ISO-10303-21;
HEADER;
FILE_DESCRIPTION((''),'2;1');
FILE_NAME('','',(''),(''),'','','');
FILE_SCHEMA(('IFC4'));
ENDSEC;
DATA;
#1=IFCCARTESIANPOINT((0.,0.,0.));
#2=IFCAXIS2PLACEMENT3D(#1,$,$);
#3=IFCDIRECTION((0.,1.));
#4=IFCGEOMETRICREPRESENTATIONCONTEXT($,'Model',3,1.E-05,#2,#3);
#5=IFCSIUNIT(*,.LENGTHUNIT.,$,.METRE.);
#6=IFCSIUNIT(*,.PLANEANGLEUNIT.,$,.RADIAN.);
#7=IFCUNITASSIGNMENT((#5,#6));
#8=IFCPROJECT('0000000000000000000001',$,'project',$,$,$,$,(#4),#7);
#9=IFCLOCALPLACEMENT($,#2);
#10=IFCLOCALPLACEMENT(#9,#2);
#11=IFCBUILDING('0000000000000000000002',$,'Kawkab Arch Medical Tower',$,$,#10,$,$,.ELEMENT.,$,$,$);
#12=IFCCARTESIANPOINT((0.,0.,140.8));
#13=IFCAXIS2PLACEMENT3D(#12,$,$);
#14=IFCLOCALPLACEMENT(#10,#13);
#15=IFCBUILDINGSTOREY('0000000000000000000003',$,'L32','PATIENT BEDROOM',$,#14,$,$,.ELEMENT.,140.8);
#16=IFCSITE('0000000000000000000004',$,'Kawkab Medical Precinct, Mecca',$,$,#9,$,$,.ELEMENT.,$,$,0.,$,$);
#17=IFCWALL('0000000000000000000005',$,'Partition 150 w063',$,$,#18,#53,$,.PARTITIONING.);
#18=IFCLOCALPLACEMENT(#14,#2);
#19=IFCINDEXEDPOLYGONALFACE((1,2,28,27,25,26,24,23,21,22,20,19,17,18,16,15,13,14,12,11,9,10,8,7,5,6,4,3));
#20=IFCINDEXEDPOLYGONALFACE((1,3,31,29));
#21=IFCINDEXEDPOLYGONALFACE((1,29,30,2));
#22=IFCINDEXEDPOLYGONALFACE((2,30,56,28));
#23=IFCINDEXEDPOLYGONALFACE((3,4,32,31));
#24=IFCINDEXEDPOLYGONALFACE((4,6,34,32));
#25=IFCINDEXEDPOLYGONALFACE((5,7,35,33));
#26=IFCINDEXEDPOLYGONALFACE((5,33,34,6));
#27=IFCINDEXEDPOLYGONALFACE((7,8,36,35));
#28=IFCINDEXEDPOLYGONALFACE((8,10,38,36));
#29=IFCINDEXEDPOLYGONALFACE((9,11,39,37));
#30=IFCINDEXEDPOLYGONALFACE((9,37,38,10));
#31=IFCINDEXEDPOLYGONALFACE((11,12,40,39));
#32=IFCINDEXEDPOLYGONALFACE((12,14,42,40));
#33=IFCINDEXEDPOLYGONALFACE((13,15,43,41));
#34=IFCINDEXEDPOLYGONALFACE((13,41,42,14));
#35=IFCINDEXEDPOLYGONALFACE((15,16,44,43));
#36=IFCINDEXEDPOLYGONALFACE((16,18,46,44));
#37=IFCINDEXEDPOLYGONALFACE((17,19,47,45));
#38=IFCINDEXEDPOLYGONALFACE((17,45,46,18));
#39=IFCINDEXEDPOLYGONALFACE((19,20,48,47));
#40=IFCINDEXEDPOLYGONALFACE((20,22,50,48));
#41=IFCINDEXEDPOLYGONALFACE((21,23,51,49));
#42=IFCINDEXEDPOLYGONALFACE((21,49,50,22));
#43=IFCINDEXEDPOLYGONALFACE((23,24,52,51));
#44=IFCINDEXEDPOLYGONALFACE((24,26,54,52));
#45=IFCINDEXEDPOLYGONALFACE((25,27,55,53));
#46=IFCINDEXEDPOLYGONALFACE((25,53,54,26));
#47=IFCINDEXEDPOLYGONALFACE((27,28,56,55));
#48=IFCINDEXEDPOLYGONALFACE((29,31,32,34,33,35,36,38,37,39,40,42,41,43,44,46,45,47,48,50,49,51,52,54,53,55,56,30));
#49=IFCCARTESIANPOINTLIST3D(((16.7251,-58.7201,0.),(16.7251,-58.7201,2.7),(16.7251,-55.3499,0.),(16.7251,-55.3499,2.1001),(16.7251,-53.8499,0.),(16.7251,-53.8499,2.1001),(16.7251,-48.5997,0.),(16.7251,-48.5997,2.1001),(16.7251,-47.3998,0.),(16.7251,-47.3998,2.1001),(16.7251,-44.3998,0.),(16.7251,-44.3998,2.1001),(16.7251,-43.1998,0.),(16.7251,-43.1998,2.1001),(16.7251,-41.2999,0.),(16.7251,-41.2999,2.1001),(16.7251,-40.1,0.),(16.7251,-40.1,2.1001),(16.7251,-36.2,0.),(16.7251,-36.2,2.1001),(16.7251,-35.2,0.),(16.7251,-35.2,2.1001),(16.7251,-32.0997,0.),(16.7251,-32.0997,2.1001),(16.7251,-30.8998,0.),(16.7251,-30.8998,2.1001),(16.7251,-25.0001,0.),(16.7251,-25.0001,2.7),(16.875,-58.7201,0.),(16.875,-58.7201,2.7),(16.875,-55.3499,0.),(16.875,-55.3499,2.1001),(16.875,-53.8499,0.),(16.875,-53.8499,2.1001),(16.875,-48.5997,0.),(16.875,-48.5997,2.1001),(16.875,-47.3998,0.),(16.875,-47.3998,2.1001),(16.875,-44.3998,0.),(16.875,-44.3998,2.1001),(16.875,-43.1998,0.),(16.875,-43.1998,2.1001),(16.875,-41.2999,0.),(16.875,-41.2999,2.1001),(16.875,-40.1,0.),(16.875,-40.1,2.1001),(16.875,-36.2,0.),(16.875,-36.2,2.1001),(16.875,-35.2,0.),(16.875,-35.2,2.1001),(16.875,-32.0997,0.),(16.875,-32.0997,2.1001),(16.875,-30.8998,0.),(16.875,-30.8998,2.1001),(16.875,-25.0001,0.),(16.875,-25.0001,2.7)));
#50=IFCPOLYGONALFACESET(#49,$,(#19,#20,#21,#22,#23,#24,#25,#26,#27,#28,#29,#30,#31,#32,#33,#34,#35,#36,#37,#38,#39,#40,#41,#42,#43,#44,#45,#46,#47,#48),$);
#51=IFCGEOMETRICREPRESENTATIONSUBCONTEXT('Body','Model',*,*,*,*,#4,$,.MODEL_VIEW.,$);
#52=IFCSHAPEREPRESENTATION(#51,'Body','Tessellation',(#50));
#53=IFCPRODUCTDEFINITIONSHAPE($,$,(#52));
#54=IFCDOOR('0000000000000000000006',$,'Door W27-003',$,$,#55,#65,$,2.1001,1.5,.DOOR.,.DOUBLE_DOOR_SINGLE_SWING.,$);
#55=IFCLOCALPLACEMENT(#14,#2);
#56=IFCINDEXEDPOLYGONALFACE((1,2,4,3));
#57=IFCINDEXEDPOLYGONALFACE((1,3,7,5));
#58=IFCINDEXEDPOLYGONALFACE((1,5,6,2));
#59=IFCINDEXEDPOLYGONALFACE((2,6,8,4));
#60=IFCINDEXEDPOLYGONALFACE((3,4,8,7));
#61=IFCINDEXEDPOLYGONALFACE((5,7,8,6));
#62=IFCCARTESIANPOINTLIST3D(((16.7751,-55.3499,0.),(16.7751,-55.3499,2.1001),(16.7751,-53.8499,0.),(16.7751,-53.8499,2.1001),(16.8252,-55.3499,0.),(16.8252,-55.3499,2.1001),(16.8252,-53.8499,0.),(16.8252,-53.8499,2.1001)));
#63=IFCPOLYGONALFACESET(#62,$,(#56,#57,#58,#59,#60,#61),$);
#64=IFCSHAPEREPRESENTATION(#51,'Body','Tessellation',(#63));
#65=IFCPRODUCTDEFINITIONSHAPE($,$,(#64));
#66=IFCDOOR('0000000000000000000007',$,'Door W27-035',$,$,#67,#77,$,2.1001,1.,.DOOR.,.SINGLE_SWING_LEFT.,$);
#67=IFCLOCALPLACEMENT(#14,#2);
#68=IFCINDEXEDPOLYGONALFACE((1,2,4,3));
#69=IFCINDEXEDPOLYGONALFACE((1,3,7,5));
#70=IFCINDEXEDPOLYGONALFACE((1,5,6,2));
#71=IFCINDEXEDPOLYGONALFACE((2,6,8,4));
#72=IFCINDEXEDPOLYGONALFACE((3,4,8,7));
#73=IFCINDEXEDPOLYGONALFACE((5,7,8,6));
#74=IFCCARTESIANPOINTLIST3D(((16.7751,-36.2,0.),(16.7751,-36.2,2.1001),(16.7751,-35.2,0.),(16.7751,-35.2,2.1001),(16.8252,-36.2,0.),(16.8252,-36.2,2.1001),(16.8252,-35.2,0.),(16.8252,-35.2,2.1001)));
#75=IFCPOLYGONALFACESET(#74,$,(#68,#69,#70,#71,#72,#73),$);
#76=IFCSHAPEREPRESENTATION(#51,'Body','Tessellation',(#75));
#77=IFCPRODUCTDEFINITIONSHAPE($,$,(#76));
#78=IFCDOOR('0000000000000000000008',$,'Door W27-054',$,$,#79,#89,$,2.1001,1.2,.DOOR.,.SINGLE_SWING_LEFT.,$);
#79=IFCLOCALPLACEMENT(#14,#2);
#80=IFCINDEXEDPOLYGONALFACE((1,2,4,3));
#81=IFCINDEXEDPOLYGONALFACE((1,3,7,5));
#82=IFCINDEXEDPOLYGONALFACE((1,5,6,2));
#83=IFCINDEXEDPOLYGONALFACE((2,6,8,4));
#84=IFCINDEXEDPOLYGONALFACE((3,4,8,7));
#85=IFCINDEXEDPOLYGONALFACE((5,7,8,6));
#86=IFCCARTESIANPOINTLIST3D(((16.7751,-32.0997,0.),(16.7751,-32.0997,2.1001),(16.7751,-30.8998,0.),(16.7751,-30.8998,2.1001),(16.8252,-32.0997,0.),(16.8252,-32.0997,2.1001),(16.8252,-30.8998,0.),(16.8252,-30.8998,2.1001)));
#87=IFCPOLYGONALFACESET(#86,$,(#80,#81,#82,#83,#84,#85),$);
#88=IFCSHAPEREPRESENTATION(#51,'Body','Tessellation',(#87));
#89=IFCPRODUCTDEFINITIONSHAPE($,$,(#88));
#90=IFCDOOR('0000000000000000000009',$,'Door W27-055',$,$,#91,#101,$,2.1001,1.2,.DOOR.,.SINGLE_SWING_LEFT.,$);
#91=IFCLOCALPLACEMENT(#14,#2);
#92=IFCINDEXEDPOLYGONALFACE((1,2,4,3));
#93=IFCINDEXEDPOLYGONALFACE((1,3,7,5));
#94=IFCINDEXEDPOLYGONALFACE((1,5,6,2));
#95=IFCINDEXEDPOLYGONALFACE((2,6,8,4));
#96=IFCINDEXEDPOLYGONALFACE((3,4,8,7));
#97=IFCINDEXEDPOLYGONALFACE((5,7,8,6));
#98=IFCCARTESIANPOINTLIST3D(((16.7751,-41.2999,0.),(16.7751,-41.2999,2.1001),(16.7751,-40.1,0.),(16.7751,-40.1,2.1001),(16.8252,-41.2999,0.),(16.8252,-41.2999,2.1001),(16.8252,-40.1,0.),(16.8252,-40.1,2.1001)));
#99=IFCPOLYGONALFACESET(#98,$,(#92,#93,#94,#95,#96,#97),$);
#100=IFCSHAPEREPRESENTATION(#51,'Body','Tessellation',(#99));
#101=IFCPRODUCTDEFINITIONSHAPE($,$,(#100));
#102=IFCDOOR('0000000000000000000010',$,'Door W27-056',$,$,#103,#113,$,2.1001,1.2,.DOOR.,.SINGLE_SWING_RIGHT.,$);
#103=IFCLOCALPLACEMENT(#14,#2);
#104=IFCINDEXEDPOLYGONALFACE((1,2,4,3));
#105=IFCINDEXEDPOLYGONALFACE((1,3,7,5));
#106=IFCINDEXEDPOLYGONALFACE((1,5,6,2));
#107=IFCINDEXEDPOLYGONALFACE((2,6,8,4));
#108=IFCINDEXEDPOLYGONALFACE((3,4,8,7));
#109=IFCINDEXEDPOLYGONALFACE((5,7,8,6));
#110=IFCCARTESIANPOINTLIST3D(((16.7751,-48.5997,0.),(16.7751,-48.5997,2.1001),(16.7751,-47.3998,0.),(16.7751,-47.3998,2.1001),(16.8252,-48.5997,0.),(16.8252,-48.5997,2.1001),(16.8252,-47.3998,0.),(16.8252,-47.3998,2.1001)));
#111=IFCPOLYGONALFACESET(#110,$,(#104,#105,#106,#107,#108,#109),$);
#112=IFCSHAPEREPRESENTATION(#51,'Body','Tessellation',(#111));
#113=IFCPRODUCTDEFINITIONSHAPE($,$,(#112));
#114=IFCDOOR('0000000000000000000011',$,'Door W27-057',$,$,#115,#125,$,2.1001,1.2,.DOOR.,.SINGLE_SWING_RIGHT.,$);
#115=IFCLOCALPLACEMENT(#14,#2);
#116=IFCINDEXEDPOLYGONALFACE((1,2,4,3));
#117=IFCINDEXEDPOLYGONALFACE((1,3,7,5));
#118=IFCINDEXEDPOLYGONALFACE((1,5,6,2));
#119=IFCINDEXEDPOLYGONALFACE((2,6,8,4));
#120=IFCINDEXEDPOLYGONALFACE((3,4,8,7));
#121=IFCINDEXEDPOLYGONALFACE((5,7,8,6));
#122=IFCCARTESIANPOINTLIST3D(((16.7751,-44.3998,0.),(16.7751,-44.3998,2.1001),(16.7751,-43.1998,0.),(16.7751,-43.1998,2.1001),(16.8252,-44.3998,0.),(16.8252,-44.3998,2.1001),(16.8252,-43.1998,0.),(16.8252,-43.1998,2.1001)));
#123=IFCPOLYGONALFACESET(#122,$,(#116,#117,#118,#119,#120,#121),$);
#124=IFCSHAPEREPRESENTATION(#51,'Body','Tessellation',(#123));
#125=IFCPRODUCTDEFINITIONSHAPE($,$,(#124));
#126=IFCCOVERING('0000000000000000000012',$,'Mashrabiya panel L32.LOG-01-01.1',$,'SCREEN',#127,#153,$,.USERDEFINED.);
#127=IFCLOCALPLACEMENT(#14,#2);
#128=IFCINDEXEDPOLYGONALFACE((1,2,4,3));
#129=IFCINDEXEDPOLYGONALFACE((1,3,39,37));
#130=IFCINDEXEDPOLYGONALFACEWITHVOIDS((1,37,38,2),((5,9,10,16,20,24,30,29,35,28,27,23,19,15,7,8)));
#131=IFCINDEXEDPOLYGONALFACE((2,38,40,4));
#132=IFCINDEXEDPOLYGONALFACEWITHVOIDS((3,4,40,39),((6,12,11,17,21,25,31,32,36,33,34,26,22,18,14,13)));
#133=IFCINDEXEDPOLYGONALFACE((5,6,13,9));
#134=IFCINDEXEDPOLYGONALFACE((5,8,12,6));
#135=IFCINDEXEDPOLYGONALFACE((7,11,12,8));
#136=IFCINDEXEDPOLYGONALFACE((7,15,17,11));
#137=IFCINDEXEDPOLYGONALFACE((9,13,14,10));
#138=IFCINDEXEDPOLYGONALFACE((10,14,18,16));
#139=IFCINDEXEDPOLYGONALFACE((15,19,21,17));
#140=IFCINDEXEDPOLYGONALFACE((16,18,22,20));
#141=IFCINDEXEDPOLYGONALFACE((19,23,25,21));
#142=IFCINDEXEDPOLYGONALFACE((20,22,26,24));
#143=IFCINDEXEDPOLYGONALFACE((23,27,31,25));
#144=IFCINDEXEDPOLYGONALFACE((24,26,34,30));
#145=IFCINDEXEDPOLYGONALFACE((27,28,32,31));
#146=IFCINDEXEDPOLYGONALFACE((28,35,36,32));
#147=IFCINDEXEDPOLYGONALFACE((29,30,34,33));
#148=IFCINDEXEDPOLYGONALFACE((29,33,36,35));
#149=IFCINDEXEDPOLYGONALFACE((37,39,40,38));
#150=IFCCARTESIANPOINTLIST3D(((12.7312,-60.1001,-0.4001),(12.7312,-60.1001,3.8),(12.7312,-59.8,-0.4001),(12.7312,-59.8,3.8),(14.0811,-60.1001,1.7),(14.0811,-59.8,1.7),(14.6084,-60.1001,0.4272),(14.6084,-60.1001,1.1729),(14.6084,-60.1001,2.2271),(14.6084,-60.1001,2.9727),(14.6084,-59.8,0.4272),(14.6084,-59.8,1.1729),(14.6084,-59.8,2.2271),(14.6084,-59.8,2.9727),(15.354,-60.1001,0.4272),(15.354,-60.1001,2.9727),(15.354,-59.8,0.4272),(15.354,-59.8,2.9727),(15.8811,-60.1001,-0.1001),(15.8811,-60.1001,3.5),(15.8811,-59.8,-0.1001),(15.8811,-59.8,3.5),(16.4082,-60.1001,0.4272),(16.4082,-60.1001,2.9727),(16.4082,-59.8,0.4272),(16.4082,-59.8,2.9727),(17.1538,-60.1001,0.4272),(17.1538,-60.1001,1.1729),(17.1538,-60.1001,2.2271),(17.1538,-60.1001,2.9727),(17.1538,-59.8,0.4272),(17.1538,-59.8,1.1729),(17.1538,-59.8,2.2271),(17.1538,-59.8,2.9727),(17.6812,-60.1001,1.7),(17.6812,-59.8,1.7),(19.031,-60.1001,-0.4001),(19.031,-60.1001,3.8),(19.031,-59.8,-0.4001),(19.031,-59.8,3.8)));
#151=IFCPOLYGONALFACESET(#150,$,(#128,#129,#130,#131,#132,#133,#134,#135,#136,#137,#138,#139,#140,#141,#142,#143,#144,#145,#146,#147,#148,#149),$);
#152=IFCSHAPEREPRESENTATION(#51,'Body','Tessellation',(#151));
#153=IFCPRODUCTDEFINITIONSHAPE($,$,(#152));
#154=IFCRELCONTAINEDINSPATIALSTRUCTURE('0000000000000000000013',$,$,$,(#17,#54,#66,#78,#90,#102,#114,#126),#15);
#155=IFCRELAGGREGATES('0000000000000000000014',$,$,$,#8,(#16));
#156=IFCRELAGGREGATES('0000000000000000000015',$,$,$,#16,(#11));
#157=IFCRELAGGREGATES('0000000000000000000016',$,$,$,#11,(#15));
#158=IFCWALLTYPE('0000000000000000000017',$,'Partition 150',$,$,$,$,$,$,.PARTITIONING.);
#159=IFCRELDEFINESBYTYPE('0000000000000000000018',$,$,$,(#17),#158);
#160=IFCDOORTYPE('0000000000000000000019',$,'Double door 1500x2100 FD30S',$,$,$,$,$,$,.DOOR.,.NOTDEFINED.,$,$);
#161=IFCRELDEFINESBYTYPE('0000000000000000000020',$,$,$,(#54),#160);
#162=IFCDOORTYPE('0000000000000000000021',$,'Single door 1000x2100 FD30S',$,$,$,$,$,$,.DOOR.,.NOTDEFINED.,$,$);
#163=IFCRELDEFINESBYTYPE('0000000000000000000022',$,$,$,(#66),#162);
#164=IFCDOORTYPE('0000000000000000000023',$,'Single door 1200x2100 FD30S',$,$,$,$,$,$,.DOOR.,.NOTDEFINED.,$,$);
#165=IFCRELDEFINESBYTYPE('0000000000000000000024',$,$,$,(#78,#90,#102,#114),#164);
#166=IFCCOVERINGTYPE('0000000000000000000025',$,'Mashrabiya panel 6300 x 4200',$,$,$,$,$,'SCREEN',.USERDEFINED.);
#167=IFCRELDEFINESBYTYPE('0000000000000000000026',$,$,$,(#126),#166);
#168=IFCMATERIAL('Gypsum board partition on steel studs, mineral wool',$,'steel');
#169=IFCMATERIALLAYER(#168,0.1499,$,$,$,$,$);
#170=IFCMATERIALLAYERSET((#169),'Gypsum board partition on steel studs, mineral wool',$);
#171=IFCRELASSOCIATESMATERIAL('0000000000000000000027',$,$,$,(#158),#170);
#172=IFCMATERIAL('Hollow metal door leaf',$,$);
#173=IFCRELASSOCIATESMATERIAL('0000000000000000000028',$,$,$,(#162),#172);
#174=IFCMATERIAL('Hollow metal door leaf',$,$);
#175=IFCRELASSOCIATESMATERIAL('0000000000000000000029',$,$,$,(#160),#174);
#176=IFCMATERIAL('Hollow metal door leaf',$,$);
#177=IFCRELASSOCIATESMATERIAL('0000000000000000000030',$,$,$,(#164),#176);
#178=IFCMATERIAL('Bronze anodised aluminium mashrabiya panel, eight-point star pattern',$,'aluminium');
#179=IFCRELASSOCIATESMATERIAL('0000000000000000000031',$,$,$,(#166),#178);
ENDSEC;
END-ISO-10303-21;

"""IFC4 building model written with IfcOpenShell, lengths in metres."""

from ifc_helpers import new_model, si_unit, direction, frame, frame_2d, origin, place, context, subcontext, project, spatial, polyline, rectangle, outline, extrude, material, layer, layer_set, material_profile, profile_set, type_object, element, fill, save


model = new_model("IFC4")

# Units and contexts
model_context = context("Model", 3, precision=1e-05, world=origin(), true_north=direction((0.0, 1.0)))
body_context = subcontext(model_context, "Body", "Model", "MODEL_VIEW")
ifc_project = project(units=[si_unit("LENGTHUNIT", "METRE"), si_unit("PLANEANGLEUNIT", "RADIAN")], contexts=[model_context])

# Site, building, storey
site_placement = place(None, origin())
site = spatial("IfcSite", under=ifc_project, at=site_placement, Name="Kawkab Medical Precinct, Mecca", CompositionType="ELEMENT", RefElevation=0.0)
building_placement = place(site_placement, origin())
building = spatial("IfcBuilding", under=site, at=building_placement, Name="Kawkab Arch Medical Tower", CompositionType="ELEMENT")
storey_placement = place(building_placement, frame((0.0, 0.0, 140.8)))
storey = spatial("IfcBuildingStorey", under=building, at=storey_placement, Name="L32", Description="PATIENT BEDROOM", CompositionType="ELEMENT", Elevation=140.8)

# Shared definitions
ifc_material_1 = material(Name="Gypsum board partition on steel studs, mineral wool", Category="steel")
ifc_layer_1 = layer(ifc_material_1, 0.1499)
ifc_layer_set_1 = layer_set([ifc_layer_1], Name="Gypsum board partition on steel studs, mineral wool")
wall_type = type_object("IfcWallType", Name="Partition 150", PredefinedType="PARTITIONING", material=ifc_layer_set_1)

# Wall, openings, doors
ifc_material_2 = material(Name="Hollow metal door leaf")
door_type_1 = type_object("IfcDoorType", Name="Single door 1000x2100 FD30S", OperationType="NOTDEFINED", PredefinedType="DOOR", material=ifc_material_2)
wall_1_placement = place(storey_placement, frame((16.8, -58.72, 0.0), z_axis=(0.0, 0.0, 1.0), x_axis=(0.0, 1.0, 0.0)))
wall_1 = element("IfcWall", 1, at=wall_1_placement, inside=storey, type_object=wall_type, Name="Partition 150 w063", PredefinedType="PARTITIONING", context=body_context, shape_type="SweptSolid", body=[
    extrude(rectangle(XDim=33.72, YDim=0.1499, at=frame_2d((16.8599, 0.0))), origin(), (0.0, 0.0, 1.0), 2.7),
])
opening_1_placement = place(wall_1_placement, frame((26.6201, 0.0, 0.0)))
opening_1 = element("IfcOpeningElement", 2, at=opening_1_placement, cuts=wall_1, PredefinedType="OPENING", context=body_context, shape_type="SweptSolid", body=[
    extrude(rectangle(XDim=1.2, YDim=2.1001, at=frame_2d((0.6001, 1.05))), frame((0.0, 0.085, 0.0), z_axis=(0.0, -1.0, 0.0), x_axis=(1.0, 0.0, 0.0)), (0.0, 0.0, 1.0), 0.1699),
])
opening_2_placement = place(wall_1_placement, frame((22.52, 0.0, 0.0)))
opening_2 = element("IfcOpeningElement", 3, at=opening_2_placement, cuts=wall_1, PredefinedType="OPENING", context=body_context, shape_type="SweptSolid", body=[
    extrude(rectangle(XDim=1.0, YDim=2.1001, at=frame_2d((0.5, 1.05))), frame((0.0, 0.085, 0.0), z_axis=(0.0, -1.0, 0.0), x_axis=(1.0, 0.0, 0.0)), (0.0, 0.0, 1.0), 0.1699),
])
opening_3_placement = place(wall_1_placement, frame((17.4199, 0.0, 0.0)))
opening_3 = element("IfcOpeningElement", 4, at=opening_3_placement, cuts=wall_1, PredefinedType="OPENING", context=body_context, shape_type="SweptSolid", body=[
    extrude(rectangle(XDim=1.2, YDim=2.1001, at=frame_2d((0.6001, 1.05))), frame((0.0, 0.085, 0.0), z_axis=(0.0, -1.0, 0.0), x_axis=(1.0, 0.0, 0.0)), (0.0, 0.0, 1.0), 0.1699),
])
opening_4_placement = place(wall_1_placement, frame((10.1201, 0.0, 0.0)))
opening_4 = element("IfcOpeningElement", 5, at=opening_4_placement, cuts=wall_1, PredefinedType="OPENING", context=body_context, shape_type="SweptSolid", body=[
    extrude(rectangle(XDim=1.2, YDim=2.1001, at=frame_2d((0.6001, 1.05))), frame((0.0, 0.085, 0.0), z_axis=(0.0, -1.0, 0.0), x_axis=(1.0, 0.0, 0.0)), (0.0, 0.0, 1.0), 0.1699),
])
opening_5_placement = place(wall_1_placement, frame((14.3201, 0.0, 0.0)))
opening_5 = element("IfcOpeningElement", 6, at=opening_5_placement, cuts=wall_1, PredefinedType="OPENING", context=body_context, shape_type="SweptSolid", body=[
    extrude(rectangle(XDim=1.2, YDim=2.1001, at=frame_2d((0.6001, 1.05))), frame((0.0, 0.085, 0.0), z_axis=(0.0, -1.0, 0.0), x_axis=(1.0, 0.0, 0.0)), (0.0, 0.0, 1.0), 0.1699),
])
opening_6_placement = place(wall_1_placement, frame((3.3701, 0.0, 0.0)))
opening_6 = element("IfcOpeningElement", 7, at=opening_6_placement, cuts=wall_1, PredefinedType="OPENING", context=body_context, shape_type="SweptSolid", body=[
    extrude(rectangle(XDim=1.5, YDim=2.1001, at=frame_2d((0.75, 1.05))), frame((0.0, 0.085, 0.0), z_axis=(0.0, -1.0, 0.0), x_axis=(1.0, 0.0, 0.0)), (0.0, 0.0, 1.0), 0.1699),
])
ifc_material_3 = material(Name="Hollow metal door leaf")
door_type_2 = type_object("IfcDoorType", Name="Double door 1500x2100 FD30S", OperationType="NOTDEFINED", PredefinedType="DOOR", material=ifc_material_3)
door_1_placement = place(opening_6_placement, origin())
door_1 = element("IfcDoor", 8, at=door_1_placement, inside=storey, type_object=door_type_2, Name="Door W27-003", OperationType="DOUBLE_DOOR_SINGLE_SWING", OverallHeight=2.1001, OverallWidth=1.5, PredefinedType="DOOR", context=body_context, shape_type="SweptSolid", body=[
    extrude(rectangle(XDim=1.5, YDim=2.1001, at=frame_2d((0.75, 1.05))), frame((0.0, 0.0249, 0.0), z_axis=(0.0, -1.0, 0.0), x_axis=(1.0, 0.0, 0.0)), (0.0, 0.0, 1.0), 0.05),
])
fill(opening_6, door_1)
door_2_placement = place(opening_2_placement, origin())
door_2 = element("IfcDoor", 9, at=door_2_placement, inside=storey, type_object=door_type_1, Name="Door W27-035", OperationType="SINGLE_SWING_LEFT", OverallHeight=2.1001, OverallWidth=1.0, PredefinedType="DOOR", context=body_context, shape_type="SweptSolid", body=[
    extrude(rectangle(XDim=1.0, YDim=2.1001, at=frame_2d((0.5, 1.05))), frame((0.0, 0.0249, 0.0), z_axis=(0.0, -1.0, 0.0), x_axis=(1.0, 0.0, 0.0)), (0.0, 0.0, 1.0), 0.05),
])
fill(opening_2, door_2)
ifc_material_4 = material(Name="Hollow metal door leaf")
door_type_3 = type_object("IfcDoorType", Name="Single door 1200x2100 FD30S", OperationType="NOTDEFINED", PredefinedType="DOOR", material=ifc_material_4)
door_3_placement = place(opening_1_placement, origin())
door_3 = element("IfcDoor", 10, at=door_3_placement, inside=storey, type_object=door_type_3, Name="Door W27-054", OperationType="SINGLE_SWING_LEFT", OverallHeight=2.1001, OverallWidth=1.2, PredefinedType="DOOR", context=body_context, shape_type="SweptSolid", body=[
    extrude(rectangle(XDim=1.2, YDim=2.1001, at=frame_2d((0.6001, 1.05))), frame((0.0, 0.0249, 0.0), z_axis=(0.0, -1.0, 0.0), x_axis=(1.0, 0.0, 0.0)), (0.0, 0.0, 1.0), 0.05),
])
fill(opening_1, door_3)
door_4_placement = place(opening_3_placement, origin())
door_4 = element("IfcDoor", 11, at=door_4_placement, inside=storey, type_object=door_type_3, Name="Door W27-055", OperationType="SINGLE_SWING_LEFT", OverallHeight=2.1001, OverallWidth=1.2, PredefinedType="DOOR", context=body_context, shape_type="SweptSolid", body=[
    extrude(rectangle(XDim=1.2, YDim=2.1001, at=frame_2d((0.6001, 1.05))), frame((0.0, 0.0249, 0.0), z_axis=(0.0, -1.0, 0.0), x_axis=(1.0, 0.0, 0.0)), (0.0, 0.0, 1.0), 0.05),
])
fill(opening_3, door_4)
door_5_placement = place(opening_4_placement, origin())
door_5 = element("IfcDoor", 12, at=door_5_placement, inside=storey, type_object=door_type_3, Name="Door W27-056", OperationType="SINGLE_SWING_RIGHT", OverallHeight=2.1001, OverallWidth=1.2, PredefinedType="DOOR", context=body_context, shape_type="SweptSolid", body=[
    extrude(rectangle(XDim=1.2, YDim=2.1001, at=frame_2d((0.6001, 1.05))), frame((0.0, 0.0249, 0.0), z_axis=(0.0, -1.0, 0.0), x_axis=(1.0, 0.0, 0.0)), (0.0, 0.0, 1.0), 0.05),
])
fill(opening_4, door_5)
door_6_placement = place(opening_5_placement, origin())
door_6 = element("IfcDoor", 13, at=door_6_placement, inside=storey, type_object=door_type_3, Name="Door W27-057", OperationType="SINGLE_SWING_RIGHT", OverallHeight=2.1001, OverallWidth=1.2, PredefinedType="DOOR", context=body_context, shape_type="SweptSolid", body=[
    extrude(rectangle(XDim=1.2, YDim=2.1001, at=frame_2d((0.6001, 1.05))), frame((0.0, 0.0249, 0.0), z_axis=(0.0, -1.0, 0.0), x_axis=(1.0, 0.0, 0.0)), (0.0, 0.0, 1.0), 0.05),
])
fill(opening_5, door_6)

# Covering
ifc_material_5 = material(Name="Bronze anodised aluminium mashrabiya panel, eight-point star pattern", Category="aluminium")
ifc_material_profile_1 = material_profile(ifc_material_5, outline(polyline([(-3.1499, -2.1001), (3.1499, -2.1001), (3.1499, 2.1001), (-3.1499, 2.1001), (-3.1499, -2.1001)]), holes=[polyline([(1.8, 0.0), (1.2727, 0.5271), (1.2727, 1.2727), (0.5271, 1.2727), (0.0, 1.8), (-0.5271, 1.2727), (-1.2727, 1.2727), (-1.2727, 0.5271), (-1.8, 0.0), (-1.2727, -0.5271), (-1.2727, -1.2727), (-0.5271, -1.2727), (0.0, -1.8), (0.5271, -1.2727), (1.2727, -1.2727), (1.2727, -0.5271), (1.8, 0.0)])]), Name="Mashrabiya panel 6300x4200")
ifc_profile_set_1 = profile_set([ifc_material_profile_1], Name="Bronze anodised aluminium mashrabiya panel, eight-point star pattern")
covering_type_1 = type_object("IfcCoveringType", Name="Mashrabiya panel 6300 x 4200", ElementType="SCREEN", PredefinedType="USERDEFINED", material=ifc_profile_set_1)
covering_1_placement = place(storey_placement, frame((15.8811, -59.8, 1.7), z_axis=(0.0, -1.0, 0.0), x_axis=(1.0, 0.0, 0.0)))
element("IfcCovering", 14, at=covering_1_placement, inside=storey, type_object=covering_type_1, Name="Mashrabiya panel L32.LOG-01-01.1", ObjectType="SCREEN", PredefinedType="USERDEFINED", context=body_context, shape_type="SweptSolid", body=[
    extrude(outline(polyline([(-3.1499, -2.1001), (3.1499, -2.1001), (3.1499, 2.1001), (-3.1499, 2.1001), (-3.1499, -2.1001)]), holes=[polyline([(1.8, 0.0), (1.2727, 0.5271), (1.2727, 1.2727), (0.5271, 1.2727), (0.0, 1.8), (-0.5271, 1.2727), (-1.2727, 1.2727), (-1.2727, 0.5271), (-1.8, 0.0), (-1.2727, -0.5271), (-1.2727, -1.2727), (-0.5271, -1.2727), (0.0, -1.8), (0.5271, -1.2727), (1.2727, -1.2727), (1.2727, -0.5271), (1.8, 0.0)])]), origin(), (0.0, 0.0, 1.0), 0.3),
])

save(model, "model.ifc")
